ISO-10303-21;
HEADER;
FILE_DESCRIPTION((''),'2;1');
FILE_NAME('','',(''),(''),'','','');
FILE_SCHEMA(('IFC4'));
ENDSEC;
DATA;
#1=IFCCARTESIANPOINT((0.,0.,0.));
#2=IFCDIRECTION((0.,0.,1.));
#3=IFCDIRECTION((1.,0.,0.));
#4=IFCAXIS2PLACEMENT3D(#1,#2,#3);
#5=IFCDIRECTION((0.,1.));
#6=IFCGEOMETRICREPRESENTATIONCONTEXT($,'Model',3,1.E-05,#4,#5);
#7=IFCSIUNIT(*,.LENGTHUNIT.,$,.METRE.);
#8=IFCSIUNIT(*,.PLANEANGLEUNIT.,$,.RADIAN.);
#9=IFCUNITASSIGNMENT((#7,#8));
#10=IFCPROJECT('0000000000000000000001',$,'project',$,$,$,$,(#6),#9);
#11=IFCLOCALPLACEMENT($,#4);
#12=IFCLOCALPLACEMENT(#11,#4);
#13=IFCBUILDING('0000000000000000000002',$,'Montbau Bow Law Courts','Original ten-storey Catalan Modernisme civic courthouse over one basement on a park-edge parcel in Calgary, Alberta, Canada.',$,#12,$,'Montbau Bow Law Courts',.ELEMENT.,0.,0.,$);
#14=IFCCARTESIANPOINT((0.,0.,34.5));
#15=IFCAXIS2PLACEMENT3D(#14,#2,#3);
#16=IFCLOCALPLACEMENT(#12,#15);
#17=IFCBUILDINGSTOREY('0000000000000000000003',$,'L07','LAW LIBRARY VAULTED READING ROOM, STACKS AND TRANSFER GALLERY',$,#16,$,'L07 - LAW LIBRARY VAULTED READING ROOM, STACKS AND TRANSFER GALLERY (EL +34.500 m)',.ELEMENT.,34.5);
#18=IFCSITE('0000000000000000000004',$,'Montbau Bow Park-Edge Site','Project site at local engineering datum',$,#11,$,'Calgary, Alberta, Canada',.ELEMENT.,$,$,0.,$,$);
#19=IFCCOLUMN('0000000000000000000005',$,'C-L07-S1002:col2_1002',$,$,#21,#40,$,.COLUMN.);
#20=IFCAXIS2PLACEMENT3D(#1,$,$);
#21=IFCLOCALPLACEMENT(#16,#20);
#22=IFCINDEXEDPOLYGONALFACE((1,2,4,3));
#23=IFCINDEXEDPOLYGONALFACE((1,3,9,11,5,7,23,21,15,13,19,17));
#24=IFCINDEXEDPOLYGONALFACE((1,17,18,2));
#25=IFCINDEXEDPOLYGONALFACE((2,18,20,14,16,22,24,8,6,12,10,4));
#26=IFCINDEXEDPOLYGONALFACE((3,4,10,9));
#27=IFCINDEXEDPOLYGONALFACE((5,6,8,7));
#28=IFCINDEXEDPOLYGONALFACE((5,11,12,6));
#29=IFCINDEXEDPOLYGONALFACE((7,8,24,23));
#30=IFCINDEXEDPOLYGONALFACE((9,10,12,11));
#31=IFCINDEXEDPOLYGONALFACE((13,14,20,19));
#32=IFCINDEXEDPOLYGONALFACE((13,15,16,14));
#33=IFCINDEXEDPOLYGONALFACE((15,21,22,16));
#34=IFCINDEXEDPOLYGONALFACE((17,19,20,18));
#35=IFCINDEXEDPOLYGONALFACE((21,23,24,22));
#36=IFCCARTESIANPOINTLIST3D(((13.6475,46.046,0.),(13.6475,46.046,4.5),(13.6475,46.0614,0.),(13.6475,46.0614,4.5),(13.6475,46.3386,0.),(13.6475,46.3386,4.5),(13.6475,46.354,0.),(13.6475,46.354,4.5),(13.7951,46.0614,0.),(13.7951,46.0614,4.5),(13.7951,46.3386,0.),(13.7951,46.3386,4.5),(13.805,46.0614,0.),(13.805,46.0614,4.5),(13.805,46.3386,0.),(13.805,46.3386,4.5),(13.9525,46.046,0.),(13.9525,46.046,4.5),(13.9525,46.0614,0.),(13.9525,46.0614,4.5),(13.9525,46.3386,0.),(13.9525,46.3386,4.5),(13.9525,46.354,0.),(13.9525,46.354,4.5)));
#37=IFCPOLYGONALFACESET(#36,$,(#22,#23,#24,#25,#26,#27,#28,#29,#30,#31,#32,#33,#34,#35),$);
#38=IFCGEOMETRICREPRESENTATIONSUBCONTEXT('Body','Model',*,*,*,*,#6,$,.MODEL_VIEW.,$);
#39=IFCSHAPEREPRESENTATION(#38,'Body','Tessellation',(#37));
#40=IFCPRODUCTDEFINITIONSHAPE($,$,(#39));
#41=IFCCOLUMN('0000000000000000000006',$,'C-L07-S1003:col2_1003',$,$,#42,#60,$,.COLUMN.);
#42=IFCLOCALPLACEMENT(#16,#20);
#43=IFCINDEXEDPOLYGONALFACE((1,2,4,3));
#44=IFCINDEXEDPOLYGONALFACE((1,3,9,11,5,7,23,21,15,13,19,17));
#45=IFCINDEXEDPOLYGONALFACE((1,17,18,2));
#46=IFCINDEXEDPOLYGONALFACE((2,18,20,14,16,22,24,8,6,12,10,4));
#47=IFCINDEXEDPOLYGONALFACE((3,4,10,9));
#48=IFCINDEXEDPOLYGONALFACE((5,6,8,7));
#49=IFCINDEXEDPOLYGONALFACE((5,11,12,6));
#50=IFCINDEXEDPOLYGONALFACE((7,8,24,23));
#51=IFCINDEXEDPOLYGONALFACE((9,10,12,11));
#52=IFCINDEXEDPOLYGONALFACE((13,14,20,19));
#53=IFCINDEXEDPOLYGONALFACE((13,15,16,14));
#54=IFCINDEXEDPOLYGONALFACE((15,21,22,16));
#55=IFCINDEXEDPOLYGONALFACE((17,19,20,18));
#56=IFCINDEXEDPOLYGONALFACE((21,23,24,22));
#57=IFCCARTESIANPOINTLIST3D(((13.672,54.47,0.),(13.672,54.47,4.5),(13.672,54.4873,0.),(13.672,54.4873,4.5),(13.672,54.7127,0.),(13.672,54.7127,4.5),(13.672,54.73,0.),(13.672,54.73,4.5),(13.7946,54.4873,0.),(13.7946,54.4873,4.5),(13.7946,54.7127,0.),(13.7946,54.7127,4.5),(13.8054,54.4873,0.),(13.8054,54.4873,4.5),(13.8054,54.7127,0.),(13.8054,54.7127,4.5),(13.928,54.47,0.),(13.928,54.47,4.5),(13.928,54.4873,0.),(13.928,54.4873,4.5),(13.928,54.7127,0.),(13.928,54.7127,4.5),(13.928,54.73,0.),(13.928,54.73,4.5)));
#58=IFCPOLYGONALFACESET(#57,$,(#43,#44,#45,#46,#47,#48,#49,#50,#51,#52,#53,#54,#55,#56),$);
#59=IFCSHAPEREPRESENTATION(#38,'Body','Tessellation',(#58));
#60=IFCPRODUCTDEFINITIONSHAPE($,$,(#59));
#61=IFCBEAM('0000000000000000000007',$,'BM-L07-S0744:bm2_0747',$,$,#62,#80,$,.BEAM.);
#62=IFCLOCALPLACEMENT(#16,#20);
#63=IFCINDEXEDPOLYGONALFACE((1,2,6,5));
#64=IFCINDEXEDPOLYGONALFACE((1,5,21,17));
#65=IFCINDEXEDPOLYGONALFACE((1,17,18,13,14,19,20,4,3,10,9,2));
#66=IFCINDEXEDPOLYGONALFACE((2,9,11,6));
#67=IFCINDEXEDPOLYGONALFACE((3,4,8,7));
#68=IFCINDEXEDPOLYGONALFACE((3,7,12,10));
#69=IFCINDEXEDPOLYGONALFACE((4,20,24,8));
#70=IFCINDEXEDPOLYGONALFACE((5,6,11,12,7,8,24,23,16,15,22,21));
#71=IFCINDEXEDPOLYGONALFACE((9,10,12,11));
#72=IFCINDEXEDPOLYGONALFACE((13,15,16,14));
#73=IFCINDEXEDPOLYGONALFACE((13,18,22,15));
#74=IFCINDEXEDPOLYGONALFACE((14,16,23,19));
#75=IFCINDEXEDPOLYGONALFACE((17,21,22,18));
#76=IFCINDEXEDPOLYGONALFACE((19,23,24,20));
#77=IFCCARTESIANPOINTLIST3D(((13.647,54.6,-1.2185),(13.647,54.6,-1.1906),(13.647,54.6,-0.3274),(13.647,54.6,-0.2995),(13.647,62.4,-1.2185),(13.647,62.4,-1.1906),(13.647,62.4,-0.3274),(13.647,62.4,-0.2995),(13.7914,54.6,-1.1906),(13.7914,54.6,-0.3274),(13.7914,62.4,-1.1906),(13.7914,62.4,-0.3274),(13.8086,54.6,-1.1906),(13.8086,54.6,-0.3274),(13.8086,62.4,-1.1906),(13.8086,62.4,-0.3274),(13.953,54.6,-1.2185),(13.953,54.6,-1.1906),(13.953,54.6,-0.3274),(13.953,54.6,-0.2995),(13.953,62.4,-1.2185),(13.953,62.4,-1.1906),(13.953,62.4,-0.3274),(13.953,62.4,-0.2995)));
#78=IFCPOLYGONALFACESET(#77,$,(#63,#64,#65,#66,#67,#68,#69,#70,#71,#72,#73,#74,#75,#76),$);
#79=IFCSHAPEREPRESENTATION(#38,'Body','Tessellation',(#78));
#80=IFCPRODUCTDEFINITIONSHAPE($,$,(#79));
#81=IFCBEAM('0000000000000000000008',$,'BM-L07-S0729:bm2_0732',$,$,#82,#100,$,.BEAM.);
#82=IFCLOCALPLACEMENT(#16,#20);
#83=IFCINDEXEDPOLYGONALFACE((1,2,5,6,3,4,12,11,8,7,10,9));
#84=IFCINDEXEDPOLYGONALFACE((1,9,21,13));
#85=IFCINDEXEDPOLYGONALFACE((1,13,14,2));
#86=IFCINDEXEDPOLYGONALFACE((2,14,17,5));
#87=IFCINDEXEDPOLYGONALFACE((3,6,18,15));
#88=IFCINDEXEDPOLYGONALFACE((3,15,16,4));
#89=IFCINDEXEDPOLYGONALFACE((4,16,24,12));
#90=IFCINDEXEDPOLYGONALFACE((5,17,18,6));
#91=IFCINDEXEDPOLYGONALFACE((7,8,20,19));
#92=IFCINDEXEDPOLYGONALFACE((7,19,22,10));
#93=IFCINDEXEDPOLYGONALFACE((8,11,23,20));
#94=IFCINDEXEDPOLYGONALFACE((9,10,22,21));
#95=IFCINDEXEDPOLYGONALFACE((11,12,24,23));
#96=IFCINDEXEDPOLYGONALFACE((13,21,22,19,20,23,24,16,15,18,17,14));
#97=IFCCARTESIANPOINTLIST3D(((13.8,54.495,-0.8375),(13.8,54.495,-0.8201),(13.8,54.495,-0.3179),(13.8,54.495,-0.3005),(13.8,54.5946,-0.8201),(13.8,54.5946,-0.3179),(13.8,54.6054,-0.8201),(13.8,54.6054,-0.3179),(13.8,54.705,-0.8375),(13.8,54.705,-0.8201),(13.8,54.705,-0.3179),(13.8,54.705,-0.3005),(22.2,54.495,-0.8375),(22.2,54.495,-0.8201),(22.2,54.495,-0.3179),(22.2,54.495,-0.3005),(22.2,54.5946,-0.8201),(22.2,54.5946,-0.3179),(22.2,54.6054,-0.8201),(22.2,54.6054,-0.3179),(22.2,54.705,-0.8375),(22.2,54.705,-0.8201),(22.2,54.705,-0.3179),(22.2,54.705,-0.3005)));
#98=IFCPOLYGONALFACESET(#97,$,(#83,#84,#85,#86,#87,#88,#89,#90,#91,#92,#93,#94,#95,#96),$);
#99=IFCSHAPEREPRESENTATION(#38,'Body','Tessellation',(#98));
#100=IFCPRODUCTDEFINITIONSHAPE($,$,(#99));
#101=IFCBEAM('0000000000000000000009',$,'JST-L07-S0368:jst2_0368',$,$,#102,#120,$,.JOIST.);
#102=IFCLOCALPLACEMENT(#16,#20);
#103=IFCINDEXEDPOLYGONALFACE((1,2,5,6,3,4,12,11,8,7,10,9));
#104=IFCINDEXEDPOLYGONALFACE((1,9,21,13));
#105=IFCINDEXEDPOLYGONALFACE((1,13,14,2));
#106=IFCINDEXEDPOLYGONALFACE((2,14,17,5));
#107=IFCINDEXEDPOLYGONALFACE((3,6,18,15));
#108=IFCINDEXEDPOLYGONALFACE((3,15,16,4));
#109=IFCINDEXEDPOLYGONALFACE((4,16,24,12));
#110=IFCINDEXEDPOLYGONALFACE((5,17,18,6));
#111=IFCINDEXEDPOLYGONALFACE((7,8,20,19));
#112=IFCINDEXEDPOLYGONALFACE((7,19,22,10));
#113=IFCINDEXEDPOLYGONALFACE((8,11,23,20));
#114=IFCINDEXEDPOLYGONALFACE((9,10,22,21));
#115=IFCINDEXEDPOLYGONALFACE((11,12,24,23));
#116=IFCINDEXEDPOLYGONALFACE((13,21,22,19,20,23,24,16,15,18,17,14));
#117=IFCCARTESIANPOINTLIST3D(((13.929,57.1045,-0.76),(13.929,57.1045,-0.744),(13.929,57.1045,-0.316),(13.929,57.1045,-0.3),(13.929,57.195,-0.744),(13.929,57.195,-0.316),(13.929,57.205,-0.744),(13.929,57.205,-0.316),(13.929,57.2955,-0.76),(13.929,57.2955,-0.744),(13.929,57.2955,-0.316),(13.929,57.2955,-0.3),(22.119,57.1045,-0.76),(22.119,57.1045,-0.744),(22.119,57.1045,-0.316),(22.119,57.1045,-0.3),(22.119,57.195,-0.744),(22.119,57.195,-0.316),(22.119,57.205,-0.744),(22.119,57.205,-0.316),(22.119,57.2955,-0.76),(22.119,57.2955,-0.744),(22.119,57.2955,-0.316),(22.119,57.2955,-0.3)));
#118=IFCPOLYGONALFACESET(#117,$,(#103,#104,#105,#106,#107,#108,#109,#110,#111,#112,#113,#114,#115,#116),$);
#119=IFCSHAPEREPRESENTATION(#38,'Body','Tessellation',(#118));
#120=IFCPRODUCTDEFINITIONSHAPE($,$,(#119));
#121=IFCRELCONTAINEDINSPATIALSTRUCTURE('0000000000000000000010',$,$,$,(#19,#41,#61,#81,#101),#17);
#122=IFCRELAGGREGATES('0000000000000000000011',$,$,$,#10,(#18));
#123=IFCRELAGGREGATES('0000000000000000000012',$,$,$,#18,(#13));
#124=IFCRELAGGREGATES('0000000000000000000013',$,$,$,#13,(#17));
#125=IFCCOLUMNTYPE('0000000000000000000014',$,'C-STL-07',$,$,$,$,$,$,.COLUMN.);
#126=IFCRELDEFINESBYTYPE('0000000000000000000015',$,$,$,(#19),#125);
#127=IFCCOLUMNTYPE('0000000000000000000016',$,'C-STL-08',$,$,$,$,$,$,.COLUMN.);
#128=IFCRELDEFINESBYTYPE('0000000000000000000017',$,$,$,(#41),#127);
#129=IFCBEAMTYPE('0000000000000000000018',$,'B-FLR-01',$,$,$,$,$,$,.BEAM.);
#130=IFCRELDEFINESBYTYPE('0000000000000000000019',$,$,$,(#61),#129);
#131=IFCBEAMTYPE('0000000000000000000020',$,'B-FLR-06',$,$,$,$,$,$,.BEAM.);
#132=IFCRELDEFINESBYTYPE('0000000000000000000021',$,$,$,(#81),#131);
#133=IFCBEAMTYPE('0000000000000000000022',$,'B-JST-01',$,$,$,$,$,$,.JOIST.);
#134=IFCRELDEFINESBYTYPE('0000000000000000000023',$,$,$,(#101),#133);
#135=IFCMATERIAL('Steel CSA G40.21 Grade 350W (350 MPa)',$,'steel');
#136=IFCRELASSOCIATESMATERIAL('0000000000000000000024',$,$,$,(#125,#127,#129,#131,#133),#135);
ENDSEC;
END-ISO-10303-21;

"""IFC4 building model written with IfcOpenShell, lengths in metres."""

from ifc_helpers import new_model, si_unit, direction, frame, origin_with_axes, origin_2d_with_axis, place, context, subcontext, project, spatial, i_section, extrude, material, material_profile, profile_set, type_object, element, save


model = new_model("IFC4")

# Units and contexts
model_context = context("Model", 3, precision=1e-05, world=origin_with_axes(), true_north=direction((0.0, 1.0)))
body_context = subcontext(model_context, "Body", "Model", "MODEL_VIEW")
ifc_project = project(units=[si_unit("LENGTHUNIT", "METRE"), si_unit("PLANEANGLEUNIT", "RADIAN")], contexts=[model_context])

# Site, building, storey
site_placement = place(None, origin_with_axes())
site = spatial("IfcSite", under=ifc_project, at=site_placement, Name="Montbau Bow Park-Edge Site", Description="Project site at local engineering datum", LongName="Calgary, Alberta, Canada", CompositionType="ELEMENT", RefElevation=0.0)
building_placement = place(site_placement, origin_with_axes())
building = spatial("IfcBuilding", under=site, at=building_placement, Name="Montbau Bow Law Courts", Description="Original ten-storey Catalan Modernisme civic courthouse over one basement on a park-edge parcel in Calgary, Alberta, Canada.", LongName="Montbau Bow Law Courts", CompositionType="ELEMENT", ElevationOfRefHeight=0.0, ElevationOfTerrain=0.0)
storey_placement = place(building_placement, frame((0.0, 0.0, 34.5), z_axis=(0.0, 0.0, 1.0), x_axis=(1.0, 0.0, 0.0)))
storey = spatial("IfcBuildingStorey", under=building, at=storey_placement, Name="L07", Description="LAW LIBRARY VAULTED READING ROOM, STACKS AND TRANSFER GALLERY", LongName="L07 - LAW LIBRARY VAULTED READING ROOM, STACKS AND TRANSFER GALLERY (EL +34.500 m)", CompositionType="ELEMENT", Elevation=34.5)

# Columns
ifc_material_1 = material(Name="Steel CSA G40.21 Grade 350W (350 MPa)", Category="steel")
ifc_material_profile_1 = material_profile(ifc_material_1, i_section(OverallWidth=0.305, OverallDepth=0.308, WebThickness=0.0099, FlangeThickness=0.0154, at=origin_2d_with_axis()), Name="W310X97", Category="Main", Priority=0)
ifc_profile_set_1 = profile_set([ifc_material_profile_1], Name="Steel CSA G40.21 Grade 350W (350 MPa)")
column_type_1 = type_object("IfcColumnType", Name="C-STL-07", PredefinedType="COLUMN", material=ifc_profile_set_1)
column_1_placement = place(None, frame((13.8, 46.2, 34.5), z_axis=(0.0, 0.0, 1.0), x_axis=(1.0, 0.0, 0.0)))
element("IfcColumn", 1, at=column_1_placement, inside=storey, type_object=column_type_1, Name="C-L07-S1002:col2_1002", PredefinedType="COLUMN", context=body_context, shape_type="SweptSolid", body=[
    extrude(i_section(OverallWidth=0.305, OverallDepth=0.308, WebThickness=0.0099, FlangeThickness=0.0154, at=origin_2d_with_axis()), origin_with_axes(), (0.0, 0.0, 1.0), 4.5),
])
ifc_material_profile_2 = material_profile(ifc_material_1, i_section(OverallWidth=0.256, OverallDepth=0.26, WebThickness=0.0107, FlangeThickness=0.0173, at=origin_2d_with_axis()), Name="W250X89", Category="Main", Priority=0)
ifc_profile_set_2 = profile_set([ifc_material_profile_2], Name="Steel CSA G40.21 Grade 350W (350 MPa)")
column_type_2 = type_object("IfcColumnType", Name="C-STL-08", PredefinedType="COLUMN", material=ifc_profile_set_2)
column_2_placement = place(None, frame((13.8, 54.6, 34.5), z_axis=(0.0, 0.0, 1.0), x_axis=(1.0, 0.0, 0.0)))
element("IfcColumn", 2, at=column_2_placement, inside=storey, type_object=column_type_2, Name="C-L07-S1003:col2_1003", PredefinedType="COLUMN", context=body_context, shape_type="SweptSolid", body=[
    extrude(i_section(OverallWidth=0.256, OverallDepth=0.26, WebThickness=0.0107, FlangeThickness=0.0173, at=origin_2d_with_axis()), origin_with_axes(), (0.0, 0.0, 1.0), 4.5),
])

# Beams
ifc_material_profile_3 = material_profile(ifc_material_1, i_section(OverallWidth=0.306, OverallDepth=0.919, WebThickness=0.0173, FlangeThickness=0.0279, at=origin_2d_with_axis()), Name="W920X253", Category="Main", Priority=0)
ifc_profile_set_3 = profile_set([ifc_material_profile_3], Name="Steel CSA G40.21 Grade 350W (350 MPa)")
beam_type_1 = type_object("IfcBeamType", Name="B-FLR-01", PredefinedType="BEAM", material=ifc_profile_set_3)
beam_1_placement = place(None, frame((13.8, 54.6, 33.741), z_axis=(0.0, 1.0, 0.0), x_axis=(-1.0, 0.0, 0.0)))
element("IfcBeam", 3, at=beam_1_placement, inside=storey, type_object=beam_type_1, Name="BM-L07-S0744:bm2_0747", PredefinedType="BEAM", context=body_context, shape_type="SweptSolid", body=[
    extrude(i_section(OverallWidth=0.306, OverallDepth=0.919, WebThickness=0.0173, FlangeThickness=0.0279, at=origin_2d_with_axis()), origin_with_axes(), (0.0, 0.0, 1.0), 7.8),
])
ifc_material_profile_4 = material_profile(ifc_material_1, i_section(OverallWidth=0.21, OverallDepth=0.537, WebThickness=0.0109, FlangeThickness=0.0174, at=origin_2d_with_axis()), Name="W530X101", Category="Main", Priority=0)
ifc_profile_set_4 = profile_set([ifc_material_profile_4], Name="Steel CSA G40.21 Grade 350W (350 MPa)")
beam_type_2 = type_object("IfcBeamType", Name="B-FLR-06", PredefinedType="BEAM", material=ifc_profile_set_4)
beam_2_placement = place(None, frame((13.8, 54.6, 33.931), z_axis=(1.0, 0.0, 0.0), x_axis=(0.0, 1.0, 0.0)))
element("IfcBeam", 4, at=beam_2_placement, inside=storey, type_object=beam_type_2, Name="BM-L07-S0729:bm2_0732", PredefinedType="BEAM", context=body_context, shape_type="SweptSolid", body=[
    extrude(i_section(OverallWidth=0.21, OverallDepth=0.537, WebThickness=0.0109, FlangeThickness=0.0174, at=origin_2d_with_axis()), origin_with_axes(), (0.0, 0.0, 1.0), 8.4),
])
ifc_material_profile_5 = material_profile(ifc_material_1, i_section(OverallWidth=0.191, OverallDepth=0.46, WebThickness=0.0099, FlangeThickness=0.016, at=origin_2d_with_axis()), Name="W460X82", Category="Main", Priority=0)
ifc_profile_set_5 = profile_set([ifc_material_profile_5], Name="Steel CSA G40.21 Grade 350W (350 MPa)")
beam_type_3 = type_object("IfcBeamType", Name="B-JST-01", PredefinedType="JOIST", material=ifc_profile_set_5)
beam_3_placement = place(None, frame((13.929, 57.2, 33.97), z_axis=(1.0, 0.0, 0.0), x_axis=(0.0, 1.0, 0.0)))
element("IfcBeam", 5, at=beam_3_placement, inside=storey, type_object=beam_type_3, Name="JST-L07-S0368:jst2_0368", PredefinedType="JOIST", context=body_context, shape_type="SweptSolid", body=[
    extrude(i_section(OverallWidth=0.191, OverallDepth=0.46, WebThickness=0.0099, FlangeThickness=0.016, at=origin_2d_with_axis()), origin_with_axes(), (0.0, 0.0, 1.0), 8.19),
])

save(model, "model.ifc")
